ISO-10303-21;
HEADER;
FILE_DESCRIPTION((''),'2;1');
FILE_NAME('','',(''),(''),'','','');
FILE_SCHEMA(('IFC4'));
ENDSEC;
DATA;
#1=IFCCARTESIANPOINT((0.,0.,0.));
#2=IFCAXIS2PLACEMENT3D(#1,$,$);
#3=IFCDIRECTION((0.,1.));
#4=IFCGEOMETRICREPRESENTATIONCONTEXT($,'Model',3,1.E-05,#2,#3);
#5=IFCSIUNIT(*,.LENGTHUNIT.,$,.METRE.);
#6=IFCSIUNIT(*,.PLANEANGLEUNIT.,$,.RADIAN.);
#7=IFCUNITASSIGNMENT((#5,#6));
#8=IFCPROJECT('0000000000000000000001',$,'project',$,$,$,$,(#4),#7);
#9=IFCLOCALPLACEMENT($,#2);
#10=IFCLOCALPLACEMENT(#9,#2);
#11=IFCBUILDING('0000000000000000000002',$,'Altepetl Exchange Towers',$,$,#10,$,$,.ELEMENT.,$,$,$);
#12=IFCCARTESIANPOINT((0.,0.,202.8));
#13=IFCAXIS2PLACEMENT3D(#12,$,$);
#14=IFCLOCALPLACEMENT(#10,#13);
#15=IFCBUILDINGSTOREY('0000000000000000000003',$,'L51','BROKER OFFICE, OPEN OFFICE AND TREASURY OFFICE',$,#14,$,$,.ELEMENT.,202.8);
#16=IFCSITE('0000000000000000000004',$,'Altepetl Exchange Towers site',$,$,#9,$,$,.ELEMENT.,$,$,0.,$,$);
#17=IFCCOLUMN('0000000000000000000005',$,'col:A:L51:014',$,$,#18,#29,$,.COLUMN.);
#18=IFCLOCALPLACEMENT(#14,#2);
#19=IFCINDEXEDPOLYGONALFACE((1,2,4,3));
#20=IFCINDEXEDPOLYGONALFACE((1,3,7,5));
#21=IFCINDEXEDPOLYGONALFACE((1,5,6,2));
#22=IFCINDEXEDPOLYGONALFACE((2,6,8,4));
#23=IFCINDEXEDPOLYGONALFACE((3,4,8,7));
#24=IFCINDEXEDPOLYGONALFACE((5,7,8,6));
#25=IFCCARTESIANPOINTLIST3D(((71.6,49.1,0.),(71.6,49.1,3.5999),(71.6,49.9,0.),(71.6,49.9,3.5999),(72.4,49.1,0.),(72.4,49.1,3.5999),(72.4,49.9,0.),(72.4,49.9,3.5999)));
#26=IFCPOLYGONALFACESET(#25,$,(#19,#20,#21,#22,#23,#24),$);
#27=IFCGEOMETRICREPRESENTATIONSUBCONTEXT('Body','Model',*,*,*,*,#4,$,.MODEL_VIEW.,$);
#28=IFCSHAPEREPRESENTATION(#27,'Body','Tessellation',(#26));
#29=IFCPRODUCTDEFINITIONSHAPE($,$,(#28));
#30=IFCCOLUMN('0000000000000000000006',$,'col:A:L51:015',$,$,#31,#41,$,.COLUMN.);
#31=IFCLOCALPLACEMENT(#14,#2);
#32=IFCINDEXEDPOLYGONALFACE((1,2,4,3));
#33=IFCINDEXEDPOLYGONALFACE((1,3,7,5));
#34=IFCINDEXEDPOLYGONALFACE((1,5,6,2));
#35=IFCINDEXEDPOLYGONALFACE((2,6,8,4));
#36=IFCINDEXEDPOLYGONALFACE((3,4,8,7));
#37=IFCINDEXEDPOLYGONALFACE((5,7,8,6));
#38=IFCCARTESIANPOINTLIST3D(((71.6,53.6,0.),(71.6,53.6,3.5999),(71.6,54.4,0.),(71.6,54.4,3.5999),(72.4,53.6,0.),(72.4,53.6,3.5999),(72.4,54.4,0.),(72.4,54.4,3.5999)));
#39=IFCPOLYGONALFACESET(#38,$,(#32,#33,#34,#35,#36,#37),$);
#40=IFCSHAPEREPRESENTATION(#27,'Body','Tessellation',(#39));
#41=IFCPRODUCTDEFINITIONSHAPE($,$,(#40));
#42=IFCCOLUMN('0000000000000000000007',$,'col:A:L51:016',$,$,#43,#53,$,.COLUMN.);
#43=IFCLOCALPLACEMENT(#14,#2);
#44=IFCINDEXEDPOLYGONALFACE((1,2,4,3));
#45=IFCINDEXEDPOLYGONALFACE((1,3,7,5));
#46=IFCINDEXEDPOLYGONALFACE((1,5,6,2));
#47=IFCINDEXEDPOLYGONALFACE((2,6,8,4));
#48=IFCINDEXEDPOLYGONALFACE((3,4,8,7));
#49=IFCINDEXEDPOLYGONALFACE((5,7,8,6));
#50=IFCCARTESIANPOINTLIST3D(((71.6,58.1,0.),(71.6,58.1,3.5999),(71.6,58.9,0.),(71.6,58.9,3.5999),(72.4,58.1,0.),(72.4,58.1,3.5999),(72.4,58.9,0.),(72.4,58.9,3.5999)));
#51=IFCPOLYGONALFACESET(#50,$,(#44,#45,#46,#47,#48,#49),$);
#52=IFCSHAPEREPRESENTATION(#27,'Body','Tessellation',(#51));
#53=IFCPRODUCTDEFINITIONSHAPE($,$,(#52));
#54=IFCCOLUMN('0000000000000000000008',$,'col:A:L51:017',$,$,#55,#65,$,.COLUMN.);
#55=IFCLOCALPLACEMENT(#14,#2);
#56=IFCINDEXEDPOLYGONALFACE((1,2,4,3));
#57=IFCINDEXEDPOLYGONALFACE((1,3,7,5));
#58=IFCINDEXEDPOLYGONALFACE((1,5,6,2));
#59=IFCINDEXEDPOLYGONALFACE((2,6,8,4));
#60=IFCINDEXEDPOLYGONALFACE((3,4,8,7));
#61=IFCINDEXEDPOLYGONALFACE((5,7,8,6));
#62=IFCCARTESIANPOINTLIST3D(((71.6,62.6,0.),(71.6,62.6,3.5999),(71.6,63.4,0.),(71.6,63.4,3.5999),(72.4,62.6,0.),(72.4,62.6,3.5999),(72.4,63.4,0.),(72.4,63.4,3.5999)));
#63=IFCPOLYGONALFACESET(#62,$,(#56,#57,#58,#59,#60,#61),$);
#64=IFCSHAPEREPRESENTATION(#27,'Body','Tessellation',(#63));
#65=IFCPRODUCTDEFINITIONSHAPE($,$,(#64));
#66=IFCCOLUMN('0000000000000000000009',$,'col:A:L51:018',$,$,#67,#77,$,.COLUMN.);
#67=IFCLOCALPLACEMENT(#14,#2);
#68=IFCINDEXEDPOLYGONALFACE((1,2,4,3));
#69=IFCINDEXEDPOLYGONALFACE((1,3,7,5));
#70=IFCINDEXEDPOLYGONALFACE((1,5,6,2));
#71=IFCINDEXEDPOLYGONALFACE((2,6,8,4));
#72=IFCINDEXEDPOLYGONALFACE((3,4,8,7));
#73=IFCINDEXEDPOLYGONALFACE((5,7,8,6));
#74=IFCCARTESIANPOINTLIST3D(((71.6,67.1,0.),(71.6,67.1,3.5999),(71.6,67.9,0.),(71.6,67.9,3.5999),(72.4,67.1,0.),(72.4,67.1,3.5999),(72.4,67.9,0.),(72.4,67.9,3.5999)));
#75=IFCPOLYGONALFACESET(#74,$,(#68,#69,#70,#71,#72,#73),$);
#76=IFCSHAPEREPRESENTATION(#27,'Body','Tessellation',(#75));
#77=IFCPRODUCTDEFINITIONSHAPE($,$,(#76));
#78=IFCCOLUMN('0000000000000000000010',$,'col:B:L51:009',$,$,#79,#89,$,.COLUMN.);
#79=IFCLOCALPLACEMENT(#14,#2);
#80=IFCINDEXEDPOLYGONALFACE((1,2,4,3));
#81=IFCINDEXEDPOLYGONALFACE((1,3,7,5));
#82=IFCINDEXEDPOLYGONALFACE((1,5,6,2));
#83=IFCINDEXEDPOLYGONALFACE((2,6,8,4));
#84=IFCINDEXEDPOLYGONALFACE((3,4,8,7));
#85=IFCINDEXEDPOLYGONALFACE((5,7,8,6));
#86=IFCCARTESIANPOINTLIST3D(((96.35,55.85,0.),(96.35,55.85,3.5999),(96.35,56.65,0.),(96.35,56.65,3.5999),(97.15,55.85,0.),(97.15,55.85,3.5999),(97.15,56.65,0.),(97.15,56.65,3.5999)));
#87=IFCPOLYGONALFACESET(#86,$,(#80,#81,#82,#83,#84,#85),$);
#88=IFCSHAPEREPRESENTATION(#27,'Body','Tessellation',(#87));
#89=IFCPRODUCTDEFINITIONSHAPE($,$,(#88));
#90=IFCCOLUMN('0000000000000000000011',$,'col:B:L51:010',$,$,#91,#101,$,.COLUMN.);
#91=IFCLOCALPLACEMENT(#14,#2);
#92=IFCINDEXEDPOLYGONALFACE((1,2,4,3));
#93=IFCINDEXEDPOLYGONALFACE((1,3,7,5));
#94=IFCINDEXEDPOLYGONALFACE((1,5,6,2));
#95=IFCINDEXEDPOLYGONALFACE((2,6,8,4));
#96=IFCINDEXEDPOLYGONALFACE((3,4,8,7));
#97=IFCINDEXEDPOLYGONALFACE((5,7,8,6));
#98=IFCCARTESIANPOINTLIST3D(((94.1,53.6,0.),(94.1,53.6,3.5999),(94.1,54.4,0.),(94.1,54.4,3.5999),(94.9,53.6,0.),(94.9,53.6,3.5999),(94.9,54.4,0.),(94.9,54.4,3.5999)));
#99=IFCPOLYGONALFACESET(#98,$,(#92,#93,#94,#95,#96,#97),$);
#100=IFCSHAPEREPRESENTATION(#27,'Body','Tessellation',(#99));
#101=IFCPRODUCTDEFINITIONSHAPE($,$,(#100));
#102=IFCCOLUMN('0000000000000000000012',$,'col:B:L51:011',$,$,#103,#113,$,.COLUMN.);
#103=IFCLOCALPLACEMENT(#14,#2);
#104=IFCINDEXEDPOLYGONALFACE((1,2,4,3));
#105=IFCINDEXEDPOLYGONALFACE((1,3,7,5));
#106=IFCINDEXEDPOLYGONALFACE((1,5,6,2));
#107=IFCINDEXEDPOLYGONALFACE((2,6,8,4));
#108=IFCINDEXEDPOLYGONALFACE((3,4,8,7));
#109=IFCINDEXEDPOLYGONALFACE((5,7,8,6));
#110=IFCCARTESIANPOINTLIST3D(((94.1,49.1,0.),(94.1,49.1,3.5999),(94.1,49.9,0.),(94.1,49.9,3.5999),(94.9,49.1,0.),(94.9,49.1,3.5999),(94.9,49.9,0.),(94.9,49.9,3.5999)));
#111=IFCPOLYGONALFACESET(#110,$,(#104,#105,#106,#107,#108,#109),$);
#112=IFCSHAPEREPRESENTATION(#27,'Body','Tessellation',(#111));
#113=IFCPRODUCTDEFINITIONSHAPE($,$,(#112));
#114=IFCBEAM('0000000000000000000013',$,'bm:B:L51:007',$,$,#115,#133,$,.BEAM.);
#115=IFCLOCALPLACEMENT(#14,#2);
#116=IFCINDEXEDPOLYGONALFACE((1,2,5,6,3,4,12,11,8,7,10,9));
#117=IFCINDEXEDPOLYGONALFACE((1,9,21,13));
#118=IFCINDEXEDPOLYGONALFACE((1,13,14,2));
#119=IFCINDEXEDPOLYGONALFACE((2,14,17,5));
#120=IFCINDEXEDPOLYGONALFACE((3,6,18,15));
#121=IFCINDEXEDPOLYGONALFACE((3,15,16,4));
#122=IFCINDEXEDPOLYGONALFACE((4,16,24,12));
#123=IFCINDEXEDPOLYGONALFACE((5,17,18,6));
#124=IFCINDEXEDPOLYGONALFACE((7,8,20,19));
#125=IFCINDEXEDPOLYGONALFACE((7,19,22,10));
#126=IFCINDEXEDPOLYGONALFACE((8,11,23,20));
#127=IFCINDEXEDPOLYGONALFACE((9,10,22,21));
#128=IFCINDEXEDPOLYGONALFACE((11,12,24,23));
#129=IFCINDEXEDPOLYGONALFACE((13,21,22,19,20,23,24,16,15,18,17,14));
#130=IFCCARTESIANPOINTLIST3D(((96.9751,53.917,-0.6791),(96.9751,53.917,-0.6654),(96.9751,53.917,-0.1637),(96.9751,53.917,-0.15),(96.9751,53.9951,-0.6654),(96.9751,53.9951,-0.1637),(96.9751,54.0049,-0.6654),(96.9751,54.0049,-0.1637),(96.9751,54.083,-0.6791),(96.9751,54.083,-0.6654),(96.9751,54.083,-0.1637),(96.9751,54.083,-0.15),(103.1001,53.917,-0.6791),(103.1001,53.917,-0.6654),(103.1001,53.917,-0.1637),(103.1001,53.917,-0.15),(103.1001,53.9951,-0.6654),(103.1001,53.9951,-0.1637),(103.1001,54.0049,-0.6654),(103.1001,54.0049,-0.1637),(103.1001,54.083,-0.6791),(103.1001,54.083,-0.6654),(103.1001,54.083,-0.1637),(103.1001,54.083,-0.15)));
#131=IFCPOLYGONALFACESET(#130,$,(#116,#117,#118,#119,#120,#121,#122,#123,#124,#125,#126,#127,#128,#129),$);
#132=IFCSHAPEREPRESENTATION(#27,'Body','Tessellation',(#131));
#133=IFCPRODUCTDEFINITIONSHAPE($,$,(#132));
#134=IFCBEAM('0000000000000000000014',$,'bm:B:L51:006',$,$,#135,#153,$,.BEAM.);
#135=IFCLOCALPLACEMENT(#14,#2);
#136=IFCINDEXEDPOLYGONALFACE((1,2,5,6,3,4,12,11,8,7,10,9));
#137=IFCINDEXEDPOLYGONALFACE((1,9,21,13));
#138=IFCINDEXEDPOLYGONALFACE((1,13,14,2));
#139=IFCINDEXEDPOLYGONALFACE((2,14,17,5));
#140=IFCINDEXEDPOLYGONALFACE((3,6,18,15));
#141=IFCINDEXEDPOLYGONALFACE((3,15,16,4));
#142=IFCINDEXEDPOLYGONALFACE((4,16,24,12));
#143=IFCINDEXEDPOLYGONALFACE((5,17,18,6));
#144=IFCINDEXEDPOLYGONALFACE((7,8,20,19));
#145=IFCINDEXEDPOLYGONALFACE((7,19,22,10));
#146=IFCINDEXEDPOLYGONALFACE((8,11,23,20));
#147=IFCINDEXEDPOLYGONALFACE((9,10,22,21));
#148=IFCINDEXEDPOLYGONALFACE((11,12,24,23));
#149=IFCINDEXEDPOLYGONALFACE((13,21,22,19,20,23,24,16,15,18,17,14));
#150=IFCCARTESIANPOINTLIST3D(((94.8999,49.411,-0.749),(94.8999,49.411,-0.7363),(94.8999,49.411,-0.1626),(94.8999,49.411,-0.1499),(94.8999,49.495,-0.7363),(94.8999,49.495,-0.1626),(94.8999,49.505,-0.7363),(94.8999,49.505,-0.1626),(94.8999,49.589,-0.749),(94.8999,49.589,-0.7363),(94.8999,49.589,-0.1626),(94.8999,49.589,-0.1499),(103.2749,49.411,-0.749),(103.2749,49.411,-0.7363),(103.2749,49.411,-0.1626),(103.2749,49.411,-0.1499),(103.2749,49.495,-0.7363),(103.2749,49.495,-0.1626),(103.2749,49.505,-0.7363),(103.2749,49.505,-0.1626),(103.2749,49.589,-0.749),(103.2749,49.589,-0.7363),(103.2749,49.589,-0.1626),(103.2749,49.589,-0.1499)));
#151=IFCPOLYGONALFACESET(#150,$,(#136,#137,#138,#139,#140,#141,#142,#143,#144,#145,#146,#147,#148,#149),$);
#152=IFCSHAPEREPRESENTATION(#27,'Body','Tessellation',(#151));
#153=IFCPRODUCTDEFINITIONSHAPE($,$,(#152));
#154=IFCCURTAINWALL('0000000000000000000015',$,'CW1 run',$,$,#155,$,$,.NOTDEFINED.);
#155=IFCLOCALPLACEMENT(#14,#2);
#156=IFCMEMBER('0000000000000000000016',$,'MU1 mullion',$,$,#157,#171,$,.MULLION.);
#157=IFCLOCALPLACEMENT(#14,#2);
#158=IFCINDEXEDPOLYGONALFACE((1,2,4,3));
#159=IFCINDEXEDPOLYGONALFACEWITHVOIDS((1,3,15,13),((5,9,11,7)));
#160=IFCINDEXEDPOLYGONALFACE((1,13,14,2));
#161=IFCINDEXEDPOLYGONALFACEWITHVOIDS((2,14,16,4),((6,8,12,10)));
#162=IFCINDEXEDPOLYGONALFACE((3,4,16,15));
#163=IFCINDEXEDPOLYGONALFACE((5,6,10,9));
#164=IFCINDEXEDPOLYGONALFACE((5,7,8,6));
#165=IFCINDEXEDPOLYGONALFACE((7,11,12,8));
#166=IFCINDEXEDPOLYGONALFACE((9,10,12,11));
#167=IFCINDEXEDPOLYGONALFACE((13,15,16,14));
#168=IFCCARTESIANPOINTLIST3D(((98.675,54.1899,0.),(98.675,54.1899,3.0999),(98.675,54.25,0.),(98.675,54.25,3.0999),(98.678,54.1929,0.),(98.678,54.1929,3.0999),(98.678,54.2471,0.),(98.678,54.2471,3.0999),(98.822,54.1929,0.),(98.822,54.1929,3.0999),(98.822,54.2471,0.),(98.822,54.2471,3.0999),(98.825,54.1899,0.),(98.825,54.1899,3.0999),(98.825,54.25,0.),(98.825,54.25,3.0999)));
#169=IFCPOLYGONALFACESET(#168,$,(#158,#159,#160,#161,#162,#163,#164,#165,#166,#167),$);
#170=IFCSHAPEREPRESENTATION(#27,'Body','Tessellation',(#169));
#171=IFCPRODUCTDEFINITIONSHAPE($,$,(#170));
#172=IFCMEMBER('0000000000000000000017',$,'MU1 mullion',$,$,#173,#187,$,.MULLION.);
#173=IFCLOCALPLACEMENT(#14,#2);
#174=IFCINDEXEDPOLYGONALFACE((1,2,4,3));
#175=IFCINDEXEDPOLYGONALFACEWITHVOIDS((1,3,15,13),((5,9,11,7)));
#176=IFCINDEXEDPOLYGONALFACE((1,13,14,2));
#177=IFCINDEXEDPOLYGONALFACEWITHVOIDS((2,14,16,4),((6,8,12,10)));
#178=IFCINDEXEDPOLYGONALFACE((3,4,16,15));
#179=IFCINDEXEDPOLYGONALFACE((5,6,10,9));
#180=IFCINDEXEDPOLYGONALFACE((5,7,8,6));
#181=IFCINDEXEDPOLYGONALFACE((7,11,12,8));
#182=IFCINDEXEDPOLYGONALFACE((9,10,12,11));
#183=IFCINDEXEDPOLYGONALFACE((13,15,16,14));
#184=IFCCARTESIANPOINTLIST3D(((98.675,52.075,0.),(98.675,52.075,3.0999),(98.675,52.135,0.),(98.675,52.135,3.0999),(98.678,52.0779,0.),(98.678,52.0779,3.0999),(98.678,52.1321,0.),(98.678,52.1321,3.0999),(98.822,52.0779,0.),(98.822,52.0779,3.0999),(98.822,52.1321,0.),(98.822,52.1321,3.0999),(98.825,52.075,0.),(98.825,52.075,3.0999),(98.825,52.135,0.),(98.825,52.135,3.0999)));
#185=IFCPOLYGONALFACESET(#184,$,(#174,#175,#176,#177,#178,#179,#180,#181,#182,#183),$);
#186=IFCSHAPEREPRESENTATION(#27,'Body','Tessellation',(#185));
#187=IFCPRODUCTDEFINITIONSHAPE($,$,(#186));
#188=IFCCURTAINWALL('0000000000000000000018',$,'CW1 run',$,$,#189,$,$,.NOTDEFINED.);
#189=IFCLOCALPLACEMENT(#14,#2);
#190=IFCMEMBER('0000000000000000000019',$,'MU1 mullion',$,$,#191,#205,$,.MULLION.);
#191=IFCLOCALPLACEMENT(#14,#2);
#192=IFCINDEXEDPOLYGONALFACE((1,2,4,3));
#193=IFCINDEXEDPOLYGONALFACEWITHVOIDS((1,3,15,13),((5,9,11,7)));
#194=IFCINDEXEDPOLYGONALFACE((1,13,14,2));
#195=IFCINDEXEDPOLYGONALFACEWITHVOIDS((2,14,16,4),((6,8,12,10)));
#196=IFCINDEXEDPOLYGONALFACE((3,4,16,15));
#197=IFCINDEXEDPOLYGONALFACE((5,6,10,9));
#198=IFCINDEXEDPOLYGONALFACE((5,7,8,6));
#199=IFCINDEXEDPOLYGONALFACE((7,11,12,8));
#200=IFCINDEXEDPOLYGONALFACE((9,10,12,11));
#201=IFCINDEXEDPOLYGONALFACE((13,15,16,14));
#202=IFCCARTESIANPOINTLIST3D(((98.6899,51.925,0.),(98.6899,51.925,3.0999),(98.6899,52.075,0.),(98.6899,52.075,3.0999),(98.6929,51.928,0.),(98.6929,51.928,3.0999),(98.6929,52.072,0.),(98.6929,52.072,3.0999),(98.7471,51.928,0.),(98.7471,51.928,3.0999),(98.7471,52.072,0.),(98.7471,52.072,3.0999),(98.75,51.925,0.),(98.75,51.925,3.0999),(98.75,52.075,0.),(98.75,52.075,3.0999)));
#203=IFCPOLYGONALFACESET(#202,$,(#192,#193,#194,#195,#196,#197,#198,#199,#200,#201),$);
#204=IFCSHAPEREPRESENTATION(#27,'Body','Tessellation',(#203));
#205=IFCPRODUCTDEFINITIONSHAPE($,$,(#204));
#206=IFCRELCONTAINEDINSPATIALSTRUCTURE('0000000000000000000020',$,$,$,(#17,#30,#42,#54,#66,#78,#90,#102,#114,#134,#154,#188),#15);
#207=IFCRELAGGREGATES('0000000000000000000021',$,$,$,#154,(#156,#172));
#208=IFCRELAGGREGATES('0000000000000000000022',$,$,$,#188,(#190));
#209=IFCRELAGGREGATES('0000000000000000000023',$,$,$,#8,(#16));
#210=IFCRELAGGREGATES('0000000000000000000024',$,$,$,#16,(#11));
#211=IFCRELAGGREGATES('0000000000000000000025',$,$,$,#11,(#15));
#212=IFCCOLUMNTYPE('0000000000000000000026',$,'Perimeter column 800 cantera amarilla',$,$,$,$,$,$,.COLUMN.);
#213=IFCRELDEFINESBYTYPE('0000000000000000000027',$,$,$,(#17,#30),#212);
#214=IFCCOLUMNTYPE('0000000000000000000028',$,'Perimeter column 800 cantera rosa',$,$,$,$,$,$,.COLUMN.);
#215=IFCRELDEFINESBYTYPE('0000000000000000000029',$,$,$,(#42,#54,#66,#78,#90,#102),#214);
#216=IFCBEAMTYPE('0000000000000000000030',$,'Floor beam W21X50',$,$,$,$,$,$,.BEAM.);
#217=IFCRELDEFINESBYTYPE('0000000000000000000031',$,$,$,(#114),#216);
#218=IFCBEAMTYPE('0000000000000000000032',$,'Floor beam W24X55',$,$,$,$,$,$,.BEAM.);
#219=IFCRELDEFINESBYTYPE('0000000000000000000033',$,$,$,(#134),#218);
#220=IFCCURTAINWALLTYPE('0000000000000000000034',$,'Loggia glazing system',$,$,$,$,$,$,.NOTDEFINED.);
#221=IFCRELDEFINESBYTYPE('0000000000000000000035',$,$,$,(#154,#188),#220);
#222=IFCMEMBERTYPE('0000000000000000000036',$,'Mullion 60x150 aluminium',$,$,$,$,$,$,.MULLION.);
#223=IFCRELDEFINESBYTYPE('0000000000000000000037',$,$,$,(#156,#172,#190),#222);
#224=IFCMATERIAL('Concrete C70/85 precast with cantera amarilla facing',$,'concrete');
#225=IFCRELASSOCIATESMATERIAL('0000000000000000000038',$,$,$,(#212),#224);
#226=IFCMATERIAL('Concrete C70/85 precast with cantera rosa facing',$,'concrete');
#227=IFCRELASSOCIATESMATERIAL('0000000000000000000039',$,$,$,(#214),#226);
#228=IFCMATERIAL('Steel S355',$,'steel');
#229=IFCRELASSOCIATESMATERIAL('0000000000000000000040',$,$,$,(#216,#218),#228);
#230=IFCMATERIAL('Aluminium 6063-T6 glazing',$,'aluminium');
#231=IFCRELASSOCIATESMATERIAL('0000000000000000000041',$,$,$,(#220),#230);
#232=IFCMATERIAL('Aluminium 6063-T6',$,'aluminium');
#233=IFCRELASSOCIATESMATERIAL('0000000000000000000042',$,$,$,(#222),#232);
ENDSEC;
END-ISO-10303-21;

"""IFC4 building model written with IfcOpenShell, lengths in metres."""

from ifc_helpers import new_model, si_unit, direction, frame, origin, origin_2d, place, context, subcontext, project, spatial, rectangle, hollow_rectangle, i_section, extrude, material, material_profile, profile_set, type_object, element, aggregate, save


model = new_model("IFC4")

# Units and contexts
model_context = context("Model", 3, precision=1e-05, world=origin(), true_north=direction((0.0, 1.0)))
body_context = subcontext(model_context, "Body", "Model", "MODEL_VIEW")
ifc_project = project(units=[si_unit("LENGTHUNIT", "METRE"), si_unit("PLANEANGLEUNIT", "RADIAN")], contexts=[model_context])

# Site, building, storey
site_placement = place(None, origin())
site = spatial("IfcSite", under=ifc_project, at=site_placement, Name="Altepetl Exchange Towers site", CompositionType="ELEMENT", RefElevation=0.0)
building_placement = place(site_placement, origin())
building = spatial("IfcBuilding", under=site, at=building_placement, Name="Altepetl Exchange Towers", CompositionType="ELEMENT")
storey_placement = place(building_placement, frame((0.0, 0.0, 202.8)))
storey = spatial("IfcBuildingStorey", under=building, at=storey_placement, Name="L51", Description="BROKER OFFICE, OPEN OFFICE AND TREASURY OFFICE", CompositionType="ELEMENT", Elevation=202.8)

# Columns
ifc_material_1 = material(Name="Concrete C70/85 precast with cantera amarilla facing", Category="concrete")
ifc_material_profile_1 = material_profile(ifc_material_1, rectangle(XDim=0.8, YDim=0.8, at=origin_2d()), Name="800 x 800")
ifc_profile_set_1 = profile_set([ifc_material_profile_1], Name="Concrete C70/85 precast with cantera amarilla facing")
column_type_1 = type_object("IfcColumnType", Name="Perimeter column 800 cantera amarilla", PredefinedType="COLUMN", material=ifc_profile_set_1)
for number, where, name in (
    (1, (72.0, 49.5, 0.0), "col:A:L51:014"),
    (2, (72.0, 54.0, 0.0), "col:A:L51:015"),
):
    element("IfcColumn", number, at=place(storey_placement, frame(where)), inside=storey, type_object=column_type_1, Name=name, PredefinedType="COLUMN", context=body_context, shape_type="SweptSolid", body=[
        extrude(rectangle(XDim=0.8, YDim=0.8, at=origin_2d()), origin(), (0.0, 0.0, 1.0), 3.5999),
    ])
ifc_material_2 = material(Name="Concrete C70/85 precast with cantera rosa facing", Category="concrete")
ifc_material_profile_2 = material_profile(ifc_material_2, rectangle(XDim=0.8, YDim=0.8, at=origin_2d()), Name="800 x 800")
ifc_profile_set_2 = profile_set([ifc_material_profile_2], Name="Concrete C70/85 precast with cantera rosa facing")
column_type_2 = type_object("IfcColumnType", Name="Perimeter column 800 cantera rosa", PredefinedType="COLUMN", material=ifc_profile_set_2)
for number, where, name in (
    (3, (72.0, 58.5, 0.0), "col:A:L51:016"),
    (4, (72.0, 63.0, 0.0), "col:A:L51:017"),
    (5, (72.0, 67.5, 0.0), "col:A:L51:018"),
    (6, (96.75, 56.25, 0.0), "col:B:L51:009"),
    (7, (94.5, 54.0, 0.0), "col:B:L51:010"),
    (8, (94.5, 49.5, 0.0), "col:B:L51:011"),
):
    element("IfcColumn", number, at=place(storey_placement, frame(where)), inside=storey, type_object=column_type_2, Name=name, PredefinedType="COLUMN", context=body_context, shape_type="SweptSolid", body=[
        extrude(rectangle(XDim=0.8, YDim=0.8, at=origin_2d()), origin(), (0.0, 0.0, 1.0), 3.5999),
    ])

# Beams
ifc_material_3 = material(Name="Steel S355", Category="steel")
ifc_material_profile_3 = material_profile(ifc_material_3, i_section(OverallWidth=0.166, OverallDepth=0.5291, WebThickness=0.0098, FlangeThickness=0.0137, at=origin_2d()), Name="W21X50")
ifc_profile_set_3 = profile_set([ifc_material_profile_3], Name="Steel S355")
beam_type_1 = type_object("IfcBeamType", Name="Floor beam W21X50", PredefinedType="BEAM", material=ifc_profile_set_3)
beam_1_placement = place(storey_placement, frame((96.9751, 54.0, -0.4146), z_axis=(1.0, 0.0, 0.0), x_axis=(0.0, 1.0, 0.0)))
element("IfcBeam", 9, at=beam_1_placement, inside=storey, type_object=beam_type_1, Name="bm:B:L51:007", PredefinedType="BEAM", context=body_context, shape_type="SweptSolid", body=[
    extrude(i_section(OverallWidth=0.166, OverallDepth=0.5291, WebThickness=0.0098, FlangeThickness=0.0137, at=origin_2d()), origin(), (0.0, 0.0, 1.0), 6.125),
])
ifc_material_profile_4 = material_profile(ifc_material_3, i_section(OverallWidth=0.178, OverallDepth=0.5991, WebThickness=0.01, FlangeThickness=0.0127, at=origin_2d()), Name="W24X55")
ifc_profile_set_4 = profile_set([ifc_material_profile_4], Name="Steel S355")
beam_type_2 = type_object("IfcBeamType", Name="Floor beam W24X55", PredefinedType="BEAM", material=ifc_profile_set_4)
beam_2_placement = place(storey_placement, frame((94.8999, 49.5, -0.4495), z_axis=(1.0, 0.0, 0.0), x_axis=(0.0, 1.0, 0.0)))
element("IfcBeam", 10, at=beam_2_placement, inside=storey, type_object=beam_type_2, Name="bm:B:L51:006", PredefinedType="BEAM", context=body_context, shape_type="SweptSolid", body=[
    extrude(i_section(OverallWidth=0.178, OverallDepth=0.5991, WebThickness=0.01, FlangeThickness=0.0127, at=origin_2d()), origin(), (0.0, 0.0, 1.0), 8.375),
])

# Curtain walls, members
ifc_material_4 = material(Name="Aluminium 6063-T6 glazing", Category="aluminium")
curtain_wall_type = type_object("IfcCurtainWallType", Name="Loggia glazing system", PredefinedType="NOTDEFINED", material=ifc_material_4)
curtain_wall_1_placement = place(storey_placement, origin())
curtain_wall_1 = element("IfcCurtainWall", 11, at=curtain_wall_1_placement, inside=storey, type_object=curtain_wall_type, Name="CW1 run", PredefinedType="NOTDEFINED")
ifc_material_5 = material(Name="Aluminium 6063-T6", Category="aluminium")
ifc_material_profile_5 = material_profile(ifc_material_5, hollow_rectangle(XDim=0.0601, YDim=0.1499, WallThickness=0.0029, at=origin_2d()), Name="Mullion 60x150 aluminium")
ifc_profile_set_5 = profile_set([ifc_material_profile_5], Name="Aluminium 6063-T6")
member_type = type_object("IfcMemberType", Name="Mullion 60x150 aluminium", PredefinedType="MULLION", material=ifc_profile_set_5)
member_1_placement = place(storey_placement, frame((98.75, 54.22, 0.0), z_axis=(0.0, 0.0, 1.0), x_axis=(0.0, -1.0, 0.0)))
member_1 = element("IfcMember", 12, at=member_1_placement, type_object=member_type, Name="MU1 mullion", PredefinedType="MULLION", context=body_context, shape_type="SweptSolid", body=[
    extrude(hollow_rectangle(XDim=0.0601, YDim=0.1499, WallThickness=0.0029, at=origin_2d()), origin(), (0.0, 0.0, 1.0), 3.0999),
])
member_2_placement = place(storey_placement, frame((98.75, 52.105, 0.0), z_axis=(0.0, 0.0, 1.0), x_axis=(0.0, -1.0, 0.0)))
member_2 = element("IfcMember", 13, at=member_2_placement, type_object=member_type, Name="MU1 mullion", PredefinedType="MULLION", context=body_context, shape_type="SweptSolid", body=[
    extrude(hollow_rectangle(XDim=0.0601, YDim=0.1499, WallThickness=0.0029, at=origin_2d()), origin(), (0.0, 0.0, 1.0), 3.0999),
])
curtain_wall_2_placement = place(storey_placement, origin())
curtain_wall_2 = element("IfcCurtainWall", 14, at=curtain_wall_2_placement, inside=storey, type_object=curtain_wall_type, Name="CW1 run", PredefinedType="NOTDEFINED")
member_3_placement = place(storey_placement, frame((98.72, 52.0, 0.0), z_axis=(0.0, 0.0, 1.0), x_axis=(-1.0, 0.0, 0.0)))
member_3 = element("IfcMember", 15, at=member_3_placement, type_object=member_type, Name="MU1 mullion", PredefinedType="MULLION", context=body_context, shape_type="SweptSolid", body=[
    extrude(hollow_rectangle(XDim=0.0601, YDim=0.1499, WallThickness=0.0029, at=origin_2d()), origin(), (0.0, 0.0, 1.0), 3.0999),
])

aggregate(curtain_wall_1, [member_1, member_2])
aggregate(curtain_wall_2, [member_3])

save(model, "model.ifc")
